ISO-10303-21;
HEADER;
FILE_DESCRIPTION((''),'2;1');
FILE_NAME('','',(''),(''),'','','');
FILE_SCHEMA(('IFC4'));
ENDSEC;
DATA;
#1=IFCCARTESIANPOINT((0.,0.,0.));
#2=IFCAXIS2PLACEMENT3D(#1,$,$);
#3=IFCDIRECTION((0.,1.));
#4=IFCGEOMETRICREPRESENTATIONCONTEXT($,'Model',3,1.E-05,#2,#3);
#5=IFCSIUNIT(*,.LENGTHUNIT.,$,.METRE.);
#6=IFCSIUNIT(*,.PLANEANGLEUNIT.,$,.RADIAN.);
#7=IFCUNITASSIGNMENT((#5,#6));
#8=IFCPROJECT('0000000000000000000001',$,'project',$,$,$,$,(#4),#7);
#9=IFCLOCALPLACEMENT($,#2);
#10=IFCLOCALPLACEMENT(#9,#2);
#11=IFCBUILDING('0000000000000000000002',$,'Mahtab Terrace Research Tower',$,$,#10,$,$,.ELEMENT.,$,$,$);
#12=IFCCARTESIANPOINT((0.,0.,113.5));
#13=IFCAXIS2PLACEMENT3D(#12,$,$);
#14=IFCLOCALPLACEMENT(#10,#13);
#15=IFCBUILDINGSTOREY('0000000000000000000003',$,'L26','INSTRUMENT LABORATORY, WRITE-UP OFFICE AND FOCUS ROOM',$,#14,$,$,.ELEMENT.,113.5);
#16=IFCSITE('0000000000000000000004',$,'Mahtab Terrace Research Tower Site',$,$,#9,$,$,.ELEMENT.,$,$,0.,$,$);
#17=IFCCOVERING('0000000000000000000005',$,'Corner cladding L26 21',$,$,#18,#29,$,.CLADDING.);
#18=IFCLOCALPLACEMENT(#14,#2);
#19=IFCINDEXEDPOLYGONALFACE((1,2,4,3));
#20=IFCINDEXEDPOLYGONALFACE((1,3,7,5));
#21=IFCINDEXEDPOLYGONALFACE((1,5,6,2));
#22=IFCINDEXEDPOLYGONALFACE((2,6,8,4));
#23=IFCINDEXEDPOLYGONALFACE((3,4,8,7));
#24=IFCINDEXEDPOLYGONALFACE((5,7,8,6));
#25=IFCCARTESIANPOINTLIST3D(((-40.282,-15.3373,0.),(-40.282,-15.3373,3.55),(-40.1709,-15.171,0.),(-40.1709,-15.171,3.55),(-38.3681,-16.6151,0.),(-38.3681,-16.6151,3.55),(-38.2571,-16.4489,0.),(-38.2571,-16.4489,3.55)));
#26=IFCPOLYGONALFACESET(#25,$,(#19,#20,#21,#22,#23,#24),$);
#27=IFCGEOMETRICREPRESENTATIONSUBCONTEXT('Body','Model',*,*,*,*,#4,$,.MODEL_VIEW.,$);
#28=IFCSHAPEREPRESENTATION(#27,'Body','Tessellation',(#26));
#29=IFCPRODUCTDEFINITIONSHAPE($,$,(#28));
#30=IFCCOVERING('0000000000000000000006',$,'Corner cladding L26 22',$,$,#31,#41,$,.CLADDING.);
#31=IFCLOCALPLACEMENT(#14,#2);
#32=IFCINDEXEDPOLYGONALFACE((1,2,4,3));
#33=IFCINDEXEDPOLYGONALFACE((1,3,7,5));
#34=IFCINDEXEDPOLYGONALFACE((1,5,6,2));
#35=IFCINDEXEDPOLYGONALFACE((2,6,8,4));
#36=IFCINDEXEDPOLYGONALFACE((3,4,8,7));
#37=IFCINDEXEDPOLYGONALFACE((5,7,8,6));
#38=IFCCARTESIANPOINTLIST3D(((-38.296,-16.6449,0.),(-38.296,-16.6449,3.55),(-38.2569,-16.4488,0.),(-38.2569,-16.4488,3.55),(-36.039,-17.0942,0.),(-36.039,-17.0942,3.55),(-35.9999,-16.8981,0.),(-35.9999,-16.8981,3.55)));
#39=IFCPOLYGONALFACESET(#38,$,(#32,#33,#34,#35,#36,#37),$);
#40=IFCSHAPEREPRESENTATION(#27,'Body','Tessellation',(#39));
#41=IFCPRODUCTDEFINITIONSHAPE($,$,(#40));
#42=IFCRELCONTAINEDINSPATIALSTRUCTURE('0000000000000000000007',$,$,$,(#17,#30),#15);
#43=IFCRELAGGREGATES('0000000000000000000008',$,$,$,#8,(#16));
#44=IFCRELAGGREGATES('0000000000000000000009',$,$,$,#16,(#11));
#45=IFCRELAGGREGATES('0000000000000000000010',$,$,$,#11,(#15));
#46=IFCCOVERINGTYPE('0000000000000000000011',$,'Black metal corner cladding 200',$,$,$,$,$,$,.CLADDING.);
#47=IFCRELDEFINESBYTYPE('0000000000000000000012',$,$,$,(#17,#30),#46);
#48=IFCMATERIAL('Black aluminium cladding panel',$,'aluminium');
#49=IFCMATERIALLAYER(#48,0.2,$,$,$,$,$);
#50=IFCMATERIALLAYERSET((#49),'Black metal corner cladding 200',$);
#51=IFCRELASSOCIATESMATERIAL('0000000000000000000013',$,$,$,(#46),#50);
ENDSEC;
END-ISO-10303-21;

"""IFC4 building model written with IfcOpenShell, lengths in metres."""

from ifc_helpers import new_model, si_unit, direction, frame, origin, origin_2d, place, context, subcontext, project, spatial, rectangle, extrude, material, layer, layer_set, type_object, element, save


model = new_model("IFC4")

# Units and contexts
model_context = context("Model", 3, precision=1e-05, world=origin(), true_north=direction((0.0, 1.0)))
body_context = subcontext(model_context, "Body", "Model", "MODEL_VIEW")
ifc_project = project(units=[si_unit("LENGTHUNIT", "METRE"), si_unit("PLANEANGLEUNIT", "RADIAN")], contexts=[model_context])

# Site, building, storey
site_placement = place(None, origin())
site = spatial("IfcSite", under=ifc_project, at=site_placement, Name="Mahtab Terrace Research Tower Site", CompositionType="ELEMENT", RefElevation=0.0)
building_placement = place(site_placement, origin())
building = spatial("IfcBuilding", under=site, at=building_placement, Name="Mahtab Terrace Research Tower", CompositionType="ELEMENT")
storey_placement = place(building_placement, frame((0.0, 0.0, 113.5)))
storey = spatial("IfcBuildingStorey", under=building, at=storey_placement, Name="L26", Description="INSTRUMENT LABORATORY, WRITE-UP OFFICE AND FOCUS ROOM", CompositionType="ELEMENT", Elevation=113.5)

# Shared definitions
ifc_material_1 = material(Name="Black aluminium cladding panel", Category="aluminium")

# Coverings
ifc_layer_1 = layer(ifc_material_1, 0.2)
ifc_layer_set_1 = layer_set([ifc_layer_1], Name="Black metal corner cladding 200")
covering_type = type_object("IfcCoveringType", Name="Black metal corner cladding 200", PredefinedType="CLADDING", material=ifc_layer_set_1)
for number, where, z_axis, x_axis, name in (
    (1, (-39.2695, -15.8931, 0.0), (0.0, 0.0, 1.0), (0.831656, -0.555291, 0.0), "Corner cladding L26 21"),
    (2, (-37.1479, -16.7715, 0.0), (0.0, 0.0, 1.0), (0.980761, -0.195212, 0.0), "Corner cladding L26 22"),
):
    element("IfcCovering", number, at=place(storey_placement, frame(where, z_axis=z_axis, x_axis=x_axis)), inside=storey, type_object=covering_type, Name=name, PredefinedType="CLADDING", context=body_context, shape_type="SweptSolid", body=[
        extrude(rectangle(XDim=2.3013, YDim=0.2, at=origin_2d()), origin(), (0.0, 0.0, 1.0), 3.55),
    ])

save(model, "model.ifc")
